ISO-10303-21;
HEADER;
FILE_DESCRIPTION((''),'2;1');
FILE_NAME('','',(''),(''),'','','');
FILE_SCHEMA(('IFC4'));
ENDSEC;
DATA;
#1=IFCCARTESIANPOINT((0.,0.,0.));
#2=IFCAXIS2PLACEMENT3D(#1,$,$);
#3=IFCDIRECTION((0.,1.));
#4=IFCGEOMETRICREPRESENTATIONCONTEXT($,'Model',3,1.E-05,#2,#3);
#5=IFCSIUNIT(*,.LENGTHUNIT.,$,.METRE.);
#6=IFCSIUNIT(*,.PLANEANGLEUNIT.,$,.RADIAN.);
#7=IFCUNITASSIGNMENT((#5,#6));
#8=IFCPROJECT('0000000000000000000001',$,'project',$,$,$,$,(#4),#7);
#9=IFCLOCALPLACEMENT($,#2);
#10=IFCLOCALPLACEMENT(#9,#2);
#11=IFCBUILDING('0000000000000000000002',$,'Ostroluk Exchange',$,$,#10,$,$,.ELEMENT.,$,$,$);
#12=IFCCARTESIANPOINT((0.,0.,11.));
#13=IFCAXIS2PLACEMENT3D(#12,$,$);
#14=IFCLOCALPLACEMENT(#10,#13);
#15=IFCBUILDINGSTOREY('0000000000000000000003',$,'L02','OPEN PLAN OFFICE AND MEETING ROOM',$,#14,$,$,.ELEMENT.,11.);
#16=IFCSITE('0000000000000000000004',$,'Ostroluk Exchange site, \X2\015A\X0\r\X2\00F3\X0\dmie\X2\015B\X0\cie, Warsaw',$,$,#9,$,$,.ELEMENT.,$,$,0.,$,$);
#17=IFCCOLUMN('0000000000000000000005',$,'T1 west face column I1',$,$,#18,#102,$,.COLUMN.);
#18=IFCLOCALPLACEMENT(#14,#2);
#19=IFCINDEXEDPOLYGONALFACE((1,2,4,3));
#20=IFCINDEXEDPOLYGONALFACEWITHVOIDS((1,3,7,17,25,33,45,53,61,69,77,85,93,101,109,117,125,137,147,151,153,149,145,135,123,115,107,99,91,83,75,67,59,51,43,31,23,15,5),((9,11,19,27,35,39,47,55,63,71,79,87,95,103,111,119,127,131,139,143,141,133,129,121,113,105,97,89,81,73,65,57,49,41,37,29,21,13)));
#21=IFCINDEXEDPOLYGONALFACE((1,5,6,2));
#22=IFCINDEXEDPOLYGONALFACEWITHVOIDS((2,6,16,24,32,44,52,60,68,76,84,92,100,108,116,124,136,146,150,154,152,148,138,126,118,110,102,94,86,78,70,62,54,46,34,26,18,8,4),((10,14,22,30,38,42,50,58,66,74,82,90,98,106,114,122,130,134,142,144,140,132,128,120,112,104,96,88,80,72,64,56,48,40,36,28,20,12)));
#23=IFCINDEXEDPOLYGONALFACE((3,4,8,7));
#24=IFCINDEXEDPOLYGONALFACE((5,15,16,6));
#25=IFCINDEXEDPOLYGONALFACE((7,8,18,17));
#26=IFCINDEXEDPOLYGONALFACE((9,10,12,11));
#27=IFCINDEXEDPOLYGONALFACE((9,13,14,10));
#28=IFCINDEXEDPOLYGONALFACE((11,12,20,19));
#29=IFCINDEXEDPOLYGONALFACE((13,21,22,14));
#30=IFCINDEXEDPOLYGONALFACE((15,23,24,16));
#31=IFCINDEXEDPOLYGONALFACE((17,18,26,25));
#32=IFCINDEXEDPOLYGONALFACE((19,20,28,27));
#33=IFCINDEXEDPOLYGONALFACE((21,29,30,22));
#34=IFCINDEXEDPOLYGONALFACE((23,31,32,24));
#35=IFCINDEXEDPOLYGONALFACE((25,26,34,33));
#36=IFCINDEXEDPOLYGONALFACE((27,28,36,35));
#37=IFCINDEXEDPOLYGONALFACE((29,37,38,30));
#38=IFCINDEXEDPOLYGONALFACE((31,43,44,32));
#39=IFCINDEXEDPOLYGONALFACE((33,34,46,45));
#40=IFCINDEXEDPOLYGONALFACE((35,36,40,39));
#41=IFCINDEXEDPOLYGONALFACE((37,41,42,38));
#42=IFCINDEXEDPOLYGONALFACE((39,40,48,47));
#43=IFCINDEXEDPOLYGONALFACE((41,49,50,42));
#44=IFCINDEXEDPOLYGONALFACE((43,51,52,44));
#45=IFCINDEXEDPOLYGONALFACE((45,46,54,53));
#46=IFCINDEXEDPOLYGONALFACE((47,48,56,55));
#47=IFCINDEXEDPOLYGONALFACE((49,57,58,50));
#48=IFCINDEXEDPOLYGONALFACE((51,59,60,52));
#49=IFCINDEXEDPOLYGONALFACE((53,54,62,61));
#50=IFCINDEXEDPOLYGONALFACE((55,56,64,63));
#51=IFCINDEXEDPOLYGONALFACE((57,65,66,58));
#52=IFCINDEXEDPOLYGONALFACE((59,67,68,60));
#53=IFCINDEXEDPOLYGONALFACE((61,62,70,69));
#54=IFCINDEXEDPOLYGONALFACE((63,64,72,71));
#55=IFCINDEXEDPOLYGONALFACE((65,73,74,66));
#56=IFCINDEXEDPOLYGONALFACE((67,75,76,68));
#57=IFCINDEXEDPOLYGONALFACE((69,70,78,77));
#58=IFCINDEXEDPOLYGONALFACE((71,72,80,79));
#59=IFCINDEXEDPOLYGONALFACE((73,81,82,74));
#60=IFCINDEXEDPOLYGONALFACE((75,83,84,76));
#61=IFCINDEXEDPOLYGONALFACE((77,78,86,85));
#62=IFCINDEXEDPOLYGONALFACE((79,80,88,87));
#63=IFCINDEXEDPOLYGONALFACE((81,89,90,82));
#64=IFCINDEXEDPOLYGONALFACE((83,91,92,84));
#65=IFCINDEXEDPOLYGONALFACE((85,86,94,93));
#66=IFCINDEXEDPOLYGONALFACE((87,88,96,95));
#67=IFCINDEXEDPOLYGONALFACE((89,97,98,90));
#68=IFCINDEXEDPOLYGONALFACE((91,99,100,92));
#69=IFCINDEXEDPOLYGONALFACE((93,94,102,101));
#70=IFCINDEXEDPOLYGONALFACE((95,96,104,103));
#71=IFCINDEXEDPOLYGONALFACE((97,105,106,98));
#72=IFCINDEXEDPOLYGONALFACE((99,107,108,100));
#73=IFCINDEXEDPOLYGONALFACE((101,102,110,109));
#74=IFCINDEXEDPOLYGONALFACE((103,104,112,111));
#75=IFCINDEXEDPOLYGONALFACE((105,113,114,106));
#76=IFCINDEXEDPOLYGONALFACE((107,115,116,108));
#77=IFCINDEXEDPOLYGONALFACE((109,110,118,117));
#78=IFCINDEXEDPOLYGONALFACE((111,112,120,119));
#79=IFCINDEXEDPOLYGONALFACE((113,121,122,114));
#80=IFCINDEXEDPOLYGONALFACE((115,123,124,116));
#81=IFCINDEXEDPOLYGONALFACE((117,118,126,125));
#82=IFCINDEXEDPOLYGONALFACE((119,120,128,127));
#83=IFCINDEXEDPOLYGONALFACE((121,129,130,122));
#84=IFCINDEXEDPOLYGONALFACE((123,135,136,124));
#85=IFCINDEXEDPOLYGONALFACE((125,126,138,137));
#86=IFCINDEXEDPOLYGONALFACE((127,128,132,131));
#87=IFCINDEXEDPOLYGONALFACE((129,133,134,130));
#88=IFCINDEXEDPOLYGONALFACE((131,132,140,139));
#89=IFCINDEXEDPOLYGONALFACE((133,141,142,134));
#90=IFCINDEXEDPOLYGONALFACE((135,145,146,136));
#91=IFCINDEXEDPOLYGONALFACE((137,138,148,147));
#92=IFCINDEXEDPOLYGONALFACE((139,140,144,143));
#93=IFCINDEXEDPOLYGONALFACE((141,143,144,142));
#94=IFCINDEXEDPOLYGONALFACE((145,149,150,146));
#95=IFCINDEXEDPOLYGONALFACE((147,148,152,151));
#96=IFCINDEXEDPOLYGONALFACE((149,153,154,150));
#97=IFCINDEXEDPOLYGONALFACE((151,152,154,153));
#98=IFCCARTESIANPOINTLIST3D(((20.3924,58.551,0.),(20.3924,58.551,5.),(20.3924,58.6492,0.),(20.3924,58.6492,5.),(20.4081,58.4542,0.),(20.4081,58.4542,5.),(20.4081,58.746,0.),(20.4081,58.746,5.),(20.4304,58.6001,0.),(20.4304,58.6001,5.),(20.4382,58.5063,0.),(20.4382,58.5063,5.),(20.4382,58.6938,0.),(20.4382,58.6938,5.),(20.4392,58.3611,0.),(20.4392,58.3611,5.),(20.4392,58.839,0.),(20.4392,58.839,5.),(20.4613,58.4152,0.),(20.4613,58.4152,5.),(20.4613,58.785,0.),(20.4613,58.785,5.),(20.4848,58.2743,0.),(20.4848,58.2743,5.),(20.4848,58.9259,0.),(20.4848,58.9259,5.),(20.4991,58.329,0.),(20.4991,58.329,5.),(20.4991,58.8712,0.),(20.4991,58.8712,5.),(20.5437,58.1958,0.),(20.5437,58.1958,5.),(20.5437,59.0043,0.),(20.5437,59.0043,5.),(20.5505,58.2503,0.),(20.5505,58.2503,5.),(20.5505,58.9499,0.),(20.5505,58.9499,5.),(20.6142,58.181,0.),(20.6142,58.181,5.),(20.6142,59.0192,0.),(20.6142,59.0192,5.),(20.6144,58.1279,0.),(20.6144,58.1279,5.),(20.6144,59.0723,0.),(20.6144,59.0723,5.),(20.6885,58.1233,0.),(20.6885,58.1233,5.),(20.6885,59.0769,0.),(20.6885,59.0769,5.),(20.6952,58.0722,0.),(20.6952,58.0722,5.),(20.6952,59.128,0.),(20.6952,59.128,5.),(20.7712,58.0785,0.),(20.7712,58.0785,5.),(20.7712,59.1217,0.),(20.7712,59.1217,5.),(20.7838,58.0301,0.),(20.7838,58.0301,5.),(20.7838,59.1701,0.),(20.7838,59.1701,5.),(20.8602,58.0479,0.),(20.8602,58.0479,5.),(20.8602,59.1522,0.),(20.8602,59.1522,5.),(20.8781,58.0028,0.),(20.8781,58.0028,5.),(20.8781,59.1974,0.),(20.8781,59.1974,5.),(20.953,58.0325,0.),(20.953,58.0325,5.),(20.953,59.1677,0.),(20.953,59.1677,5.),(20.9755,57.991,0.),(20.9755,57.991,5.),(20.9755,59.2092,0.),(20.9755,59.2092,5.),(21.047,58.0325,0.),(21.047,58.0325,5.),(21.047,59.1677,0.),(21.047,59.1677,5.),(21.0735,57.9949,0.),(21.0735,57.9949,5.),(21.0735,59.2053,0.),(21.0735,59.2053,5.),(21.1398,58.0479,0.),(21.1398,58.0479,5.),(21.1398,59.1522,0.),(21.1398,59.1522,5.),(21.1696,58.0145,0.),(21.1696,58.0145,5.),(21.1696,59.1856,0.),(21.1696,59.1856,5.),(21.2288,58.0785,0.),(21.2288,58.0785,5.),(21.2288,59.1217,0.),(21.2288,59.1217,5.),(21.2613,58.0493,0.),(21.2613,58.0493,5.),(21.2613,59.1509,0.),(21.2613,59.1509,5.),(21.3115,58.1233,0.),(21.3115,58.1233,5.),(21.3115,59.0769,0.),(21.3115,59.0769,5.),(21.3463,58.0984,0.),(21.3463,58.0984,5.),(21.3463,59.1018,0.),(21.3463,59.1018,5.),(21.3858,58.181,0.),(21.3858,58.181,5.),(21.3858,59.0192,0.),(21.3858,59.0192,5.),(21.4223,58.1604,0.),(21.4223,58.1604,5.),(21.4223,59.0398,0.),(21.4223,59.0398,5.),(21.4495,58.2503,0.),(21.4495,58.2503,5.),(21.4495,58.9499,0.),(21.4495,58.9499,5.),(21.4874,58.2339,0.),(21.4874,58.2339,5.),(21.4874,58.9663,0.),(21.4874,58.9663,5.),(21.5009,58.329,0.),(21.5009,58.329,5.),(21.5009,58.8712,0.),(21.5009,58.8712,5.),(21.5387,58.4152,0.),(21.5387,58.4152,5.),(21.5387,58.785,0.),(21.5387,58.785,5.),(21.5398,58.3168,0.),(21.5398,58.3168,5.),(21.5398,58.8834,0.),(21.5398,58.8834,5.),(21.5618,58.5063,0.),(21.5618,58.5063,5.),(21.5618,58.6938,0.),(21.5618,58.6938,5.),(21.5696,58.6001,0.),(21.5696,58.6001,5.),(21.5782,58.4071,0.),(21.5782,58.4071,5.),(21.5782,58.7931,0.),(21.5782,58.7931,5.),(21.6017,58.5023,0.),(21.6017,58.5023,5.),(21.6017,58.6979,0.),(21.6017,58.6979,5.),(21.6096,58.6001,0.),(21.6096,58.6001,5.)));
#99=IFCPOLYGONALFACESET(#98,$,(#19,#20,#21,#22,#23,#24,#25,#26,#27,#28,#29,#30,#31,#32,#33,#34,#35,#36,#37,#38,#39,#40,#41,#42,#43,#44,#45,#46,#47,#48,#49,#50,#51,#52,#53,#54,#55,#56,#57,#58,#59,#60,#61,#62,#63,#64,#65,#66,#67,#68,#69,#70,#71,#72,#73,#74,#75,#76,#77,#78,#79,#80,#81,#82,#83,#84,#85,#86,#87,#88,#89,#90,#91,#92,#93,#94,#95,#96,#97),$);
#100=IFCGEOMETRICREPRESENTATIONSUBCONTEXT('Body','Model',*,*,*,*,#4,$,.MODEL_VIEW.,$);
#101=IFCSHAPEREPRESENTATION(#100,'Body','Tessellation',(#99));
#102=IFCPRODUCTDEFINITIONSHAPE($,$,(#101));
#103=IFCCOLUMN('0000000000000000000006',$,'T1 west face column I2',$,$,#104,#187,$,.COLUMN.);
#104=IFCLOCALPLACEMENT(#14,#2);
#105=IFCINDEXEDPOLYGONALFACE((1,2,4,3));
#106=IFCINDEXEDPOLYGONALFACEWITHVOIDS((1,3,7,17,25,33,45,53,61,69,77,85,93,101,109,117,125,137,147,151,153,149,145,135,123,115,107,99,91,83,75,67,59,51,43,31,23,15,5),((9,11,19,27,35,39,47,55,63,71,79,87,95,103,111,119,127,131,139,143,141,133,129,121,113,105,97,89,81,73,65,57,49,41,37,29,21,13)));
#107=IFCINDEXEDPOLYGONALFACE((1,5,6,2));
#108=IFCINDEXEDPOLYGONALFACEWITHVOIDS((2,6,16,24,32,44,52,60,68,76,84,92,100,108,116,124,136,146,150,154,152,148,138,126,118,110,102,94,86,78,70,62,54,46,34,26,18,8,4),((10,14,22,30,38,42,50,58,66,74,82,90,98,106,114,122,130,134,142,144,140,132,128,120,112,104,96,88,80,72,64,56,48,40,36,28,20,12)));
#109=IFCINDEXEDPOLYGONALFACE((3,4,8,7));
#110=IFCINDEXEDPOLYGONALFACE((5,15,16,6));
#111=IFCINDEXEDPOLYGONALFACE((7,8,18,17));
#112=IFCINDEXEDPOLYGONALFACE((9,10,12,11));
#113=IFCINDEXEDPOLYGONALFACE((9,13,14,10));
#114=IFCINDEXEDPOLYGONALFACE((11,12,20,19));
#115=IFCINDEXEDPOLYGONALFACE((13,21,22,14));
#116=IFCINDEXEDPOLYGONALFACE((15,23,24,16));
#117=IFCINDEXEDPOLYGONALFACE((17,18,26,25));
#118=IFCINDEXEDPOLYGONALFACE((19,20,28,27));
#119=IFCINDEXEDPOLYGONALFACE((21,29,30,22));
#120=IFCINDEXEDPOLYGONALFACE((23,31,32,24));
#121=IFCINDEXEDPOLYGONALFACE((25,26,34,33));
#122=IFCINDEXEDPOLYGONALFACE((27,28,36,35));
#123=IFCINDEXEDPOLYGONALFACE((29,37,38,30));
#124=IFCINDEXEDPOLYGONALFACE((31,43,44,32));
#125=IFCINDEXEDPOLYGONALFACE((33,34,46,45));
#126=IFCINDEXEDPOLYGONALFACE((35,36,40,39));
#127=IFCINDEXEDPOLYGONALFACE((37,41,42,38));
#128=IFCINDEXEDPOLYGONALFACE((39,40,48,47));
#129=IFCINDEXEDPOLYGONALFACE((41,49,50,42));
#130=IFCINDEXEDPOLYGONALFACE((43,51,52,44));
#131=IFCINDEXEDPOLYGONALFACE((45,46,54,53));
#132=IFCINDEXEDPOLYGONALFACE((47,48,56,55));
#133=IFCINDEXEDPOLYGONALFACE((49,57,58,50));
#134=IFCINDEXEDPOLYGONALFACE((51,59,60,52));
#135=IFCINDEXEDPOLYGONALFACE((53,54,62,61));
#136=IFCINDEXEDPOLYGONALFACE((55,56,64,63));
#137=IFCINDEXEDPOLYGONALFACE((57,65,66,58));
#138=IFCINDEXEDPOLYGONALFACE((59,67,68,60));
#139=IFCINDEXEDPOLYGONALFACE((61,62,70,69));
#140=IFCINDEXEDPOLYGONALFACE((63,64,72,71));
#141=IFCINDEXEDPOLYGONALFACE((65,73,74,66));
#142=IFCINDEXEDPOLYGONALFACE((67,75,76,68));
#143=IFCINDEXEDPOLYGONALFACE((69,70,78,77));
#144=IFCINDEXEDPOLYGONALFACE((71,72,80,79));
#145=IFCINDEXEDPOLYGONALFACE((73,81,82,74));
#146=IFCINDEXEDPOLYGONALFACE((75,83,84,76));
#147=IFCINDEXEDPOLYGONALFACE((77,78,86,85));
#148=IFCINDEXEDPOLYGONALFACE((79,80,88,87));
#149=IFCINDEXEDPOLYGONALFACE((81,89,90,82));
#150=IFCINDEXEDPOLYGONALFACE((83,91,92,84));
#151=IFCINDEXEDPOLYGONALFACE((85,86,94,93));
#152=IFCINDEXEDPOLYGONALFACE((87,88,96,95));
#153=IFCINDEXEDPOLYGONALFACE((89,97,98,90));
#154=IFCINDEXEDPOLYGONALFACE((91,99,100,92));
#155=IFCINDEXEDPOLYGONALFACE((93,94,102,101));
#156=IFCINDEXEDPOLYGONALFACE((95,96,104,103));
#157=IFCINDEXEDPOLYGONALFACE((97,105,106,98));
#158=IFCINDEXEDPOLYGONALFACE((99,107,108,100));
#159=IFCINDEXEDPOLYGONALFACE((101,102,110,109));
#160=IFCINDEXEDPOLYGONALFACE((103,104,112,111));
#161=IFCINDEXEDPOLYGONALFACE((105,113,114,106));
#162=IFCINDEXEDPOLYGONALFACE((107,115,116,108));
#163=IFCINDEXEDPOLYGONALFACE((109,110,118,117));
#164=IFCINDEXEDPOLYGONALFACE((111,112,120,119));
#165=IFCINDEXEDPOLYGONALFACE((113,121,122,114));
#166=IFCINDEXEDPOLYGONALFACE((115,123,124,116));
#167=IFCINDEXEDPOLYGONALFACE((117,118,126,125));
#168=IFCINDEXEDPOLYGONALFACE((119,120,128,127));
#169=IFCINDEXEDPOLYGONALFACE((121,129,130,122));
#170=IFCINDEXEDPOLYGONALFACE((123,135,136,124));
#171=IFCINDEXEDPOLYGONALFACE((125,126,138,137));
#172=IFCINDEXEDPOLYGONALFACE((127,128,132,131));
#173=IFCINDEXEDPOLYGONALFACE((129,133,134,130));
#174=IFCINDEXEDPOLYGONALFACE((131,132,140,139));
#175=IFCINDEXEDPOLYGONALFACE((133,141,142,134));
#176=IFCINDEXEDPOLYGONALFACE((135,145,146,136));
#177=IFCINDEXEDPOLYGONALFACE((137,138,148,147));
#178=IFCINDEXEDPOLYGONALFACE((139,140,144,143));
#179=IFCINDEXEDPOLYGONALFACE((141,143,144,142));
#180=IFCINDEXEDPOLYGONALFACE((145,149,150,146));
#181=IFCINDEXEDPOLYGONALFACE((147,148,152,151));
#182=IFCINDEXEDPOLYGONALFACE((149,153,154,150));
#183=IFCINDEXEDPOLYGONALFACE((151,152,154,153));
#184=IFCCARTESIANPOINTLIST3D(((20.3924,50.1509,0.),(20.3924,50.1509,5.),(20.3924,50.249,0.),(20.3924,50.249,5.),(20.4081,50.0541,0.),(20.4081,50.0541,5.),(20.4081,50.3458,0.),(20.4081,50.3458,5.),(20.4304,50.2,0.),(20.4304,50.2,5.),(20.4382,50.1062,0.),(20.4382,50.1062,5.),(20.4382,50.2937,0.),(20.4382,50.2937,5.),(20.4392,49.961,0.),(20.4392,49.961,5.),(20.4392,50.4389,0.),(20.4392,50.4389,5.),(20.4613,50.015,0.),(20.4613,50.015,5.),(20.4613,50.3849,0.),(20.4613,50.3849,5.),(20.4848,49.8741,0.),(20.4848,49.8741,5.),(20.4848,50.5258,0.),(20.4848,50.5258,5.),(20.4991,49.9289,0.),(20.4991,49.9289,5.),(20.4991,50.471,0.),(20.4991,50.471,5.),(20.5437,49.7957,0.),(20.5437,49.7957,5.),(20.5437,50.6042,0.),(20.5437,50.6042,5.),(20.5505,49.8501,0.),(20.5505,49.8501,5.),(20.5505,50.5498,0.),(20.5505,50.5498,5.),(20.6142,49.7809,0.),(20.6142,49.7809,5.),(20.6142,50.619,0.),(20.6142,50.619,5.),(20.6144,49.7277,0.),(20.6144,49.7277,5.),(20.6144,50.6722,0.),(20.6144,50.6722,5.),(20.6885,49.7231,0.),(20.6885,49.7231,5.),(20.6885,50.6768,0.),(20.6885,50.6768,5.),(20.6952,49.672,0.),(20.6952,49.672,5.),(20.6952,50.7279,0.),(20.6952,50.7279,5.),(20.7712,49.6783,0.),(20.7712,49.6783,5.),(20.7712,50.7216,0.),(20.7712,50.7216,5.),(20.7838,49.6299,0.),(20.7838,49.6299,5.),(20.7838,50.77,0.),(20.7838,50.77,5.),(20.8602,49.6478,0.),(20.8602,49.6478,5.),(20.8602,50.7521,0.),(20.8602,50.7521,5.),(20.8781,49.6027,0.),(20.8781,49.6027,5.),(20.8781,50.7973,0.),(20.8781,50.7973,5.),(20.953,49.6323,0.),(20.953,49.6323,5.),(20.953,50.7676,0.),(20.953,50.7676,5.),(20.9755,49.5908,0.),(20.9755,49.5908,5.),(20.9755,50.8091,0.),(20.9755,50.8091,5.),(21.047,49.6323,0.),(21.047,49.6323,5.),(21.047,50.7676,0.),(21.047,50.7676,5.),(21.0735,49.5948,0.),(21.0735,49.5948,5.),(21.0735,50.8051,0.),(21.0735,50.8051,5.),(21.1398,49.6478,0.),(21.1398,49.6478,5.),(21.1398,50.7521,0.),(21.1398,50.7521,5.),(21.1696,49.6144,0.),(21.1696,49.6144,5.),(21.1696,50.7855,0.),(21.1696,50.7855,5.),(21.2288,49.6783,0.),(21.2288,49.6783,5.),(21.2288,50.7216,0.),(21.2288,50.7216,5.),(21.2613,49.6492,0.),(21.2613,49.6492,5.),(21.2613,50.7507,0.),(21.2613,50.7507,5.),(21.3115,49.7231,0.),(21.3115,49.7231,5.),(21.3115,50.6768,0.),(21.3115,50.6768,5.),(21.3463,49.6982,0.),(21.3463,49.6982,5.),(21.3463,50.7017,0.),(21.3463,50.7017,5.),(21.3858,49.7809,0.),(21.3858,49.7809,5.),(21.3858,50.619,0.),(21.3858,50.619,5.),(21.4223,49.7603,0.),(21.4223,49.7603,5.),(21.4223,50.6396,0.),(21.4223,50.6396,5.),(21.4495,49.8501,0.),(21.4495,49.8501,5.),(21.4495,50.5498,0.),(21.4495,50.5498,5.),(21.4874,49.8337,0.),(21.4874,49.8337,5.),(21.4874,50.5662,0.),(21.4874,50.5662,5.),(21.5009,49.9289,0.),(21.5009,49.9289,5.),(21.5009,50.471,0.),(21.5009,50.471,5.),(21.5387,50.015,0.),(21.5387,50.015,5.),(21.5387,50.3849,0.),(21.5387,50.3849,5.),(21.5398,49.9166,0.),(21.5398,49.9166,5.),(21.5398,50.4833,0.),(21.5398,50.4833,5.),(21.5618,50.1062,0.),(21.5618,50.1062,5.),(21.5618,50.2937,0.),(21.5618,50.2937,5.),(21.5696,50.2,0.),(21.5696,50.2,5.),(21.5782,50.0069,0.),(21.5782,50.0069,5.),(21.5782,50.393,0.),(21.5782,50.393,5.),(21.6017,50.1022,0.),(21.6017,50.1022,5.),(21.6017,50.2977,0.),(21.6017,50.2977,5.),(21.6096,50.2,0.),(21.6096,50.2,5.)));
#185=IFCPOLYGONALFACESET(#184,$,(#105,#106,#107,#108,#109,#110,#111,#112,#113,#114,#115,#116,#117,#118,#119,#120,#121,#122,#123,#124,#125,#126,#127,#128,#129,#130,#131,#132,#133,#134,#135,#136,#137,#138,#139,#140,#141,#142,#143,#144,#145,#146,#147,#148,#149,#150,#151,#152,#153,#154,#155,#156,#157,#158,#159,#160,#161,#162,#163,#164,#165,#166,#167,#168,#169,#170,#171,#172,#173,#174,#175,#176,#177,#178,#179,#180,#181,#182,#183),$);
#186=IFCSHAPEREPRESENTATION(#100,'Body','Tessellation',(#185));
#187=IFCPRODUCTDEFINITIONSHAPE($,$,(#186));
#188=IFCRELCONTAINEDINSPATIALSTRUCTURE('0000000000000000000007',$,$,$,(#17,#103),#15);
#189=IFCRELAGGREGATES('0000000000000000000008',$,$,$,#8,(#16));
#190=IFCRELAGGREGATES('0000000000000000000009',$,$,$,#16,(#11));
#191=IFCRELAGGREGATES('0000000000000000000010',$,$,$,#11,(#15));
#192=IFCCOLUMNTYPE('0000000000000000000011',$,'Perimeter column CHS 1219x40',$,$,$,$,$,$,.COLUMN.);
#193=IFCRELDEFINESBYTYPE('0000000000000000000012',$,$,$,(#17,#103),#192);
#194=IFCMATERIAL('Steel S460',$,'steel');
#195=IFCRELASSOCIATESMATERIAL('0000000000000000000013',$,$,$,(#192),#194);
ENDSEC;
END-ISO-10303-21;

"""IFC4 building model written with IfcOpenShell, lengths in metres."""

from ifc_helpers import new_model, si_unit, direction, frame, origin, origin_2d, place, context, subcontext, project, spatial, hollow_circle, extrude, material, material_profile, profile_set, type_object, element, save


model = new_model("IFC4")

# Units and contexts
model_context = context("Model", 3, precision=1e-05, world=origin(), true_north=direction((0.0, 1.0)))
body_context = subcontext(model_context, "Body", "Model", "MODEL_VIEW")
ifc_project = project(units=[si_unit("LENGTHUNIT", "METRE"), si_unit("PLANEANGLEUNIT", "RADIAN")], contexts=[model_context])

# Site, building, storey
site_placement = place(None, origin())
site = spatial("IfcSite", under=ifc_project, at=site_placement, Name="Ostroluk Exchange site, Śródmieście, Warsaw", CompositionType="ELEMENT", RefElevation=0.0)
building_placement = place(site_placement, origin())
building = spatial("IfcBuilding", under=site, at=building_placement, Name="Ostroluk Exchange", CompositionType="ELEMENT")
storey_placement = place(building_placement, frame((0.0, 0.0, 11.0)))
storey = spatial("IfcBuildingStorey", under=building, at=storey_placement, Name="L02", Description="OPEN PLAN OFFICE AND MEETING ROOM", CompositionType="ELEMENT", Elevation=11.0)

# Columns
ifc_material_1 = material(Name="Steel S460", Category="steel")
ifc_material_profile_1 = material_profile(ifc_material_1, hollow_circle(Radius=0.6096, WallThickness=0.04, at=origin_2d()), Name="CHS 1219x40")
ifc_profile_set_1 = profile_set([ifc_material_profile_1], Name="Steel S460")
column_type = type_object("IfcColumnType", Name="Perimeter column CHS 1219x40", PredefinedType="COLUMN", material=ifc_profile_set_1)
for number, where, z_axis, x_axis, name in (
    (1, (21.0, 58.6001, 0.0), (0.0, 0.0, 1.0), (1.0, 0.0, 0.0), "T1 west face column I1"),
    (2, (21.0, 50.2, 0.0), (0.0, 0.0, 1.0), (1.0, 0.0, 0.0), "T1 west face column I2"),
):
    element("IfcColumn", number, at=place(storey_placement, frame(where, z_axis=z_axis, x_axis=x_axis)), inside=storey, type_object=column_type, Name=name, PredefinedType="COLUMN", context=body_context, shape_type="SweptSolid", body=[
        extrude(hollow_circle(Radius=0.6096, WallThickness=0.04, at=origin_2d()), origin(), (0.0, 0.0, 1.0), 5.0),
    ])

save(model, "model.ifc")
